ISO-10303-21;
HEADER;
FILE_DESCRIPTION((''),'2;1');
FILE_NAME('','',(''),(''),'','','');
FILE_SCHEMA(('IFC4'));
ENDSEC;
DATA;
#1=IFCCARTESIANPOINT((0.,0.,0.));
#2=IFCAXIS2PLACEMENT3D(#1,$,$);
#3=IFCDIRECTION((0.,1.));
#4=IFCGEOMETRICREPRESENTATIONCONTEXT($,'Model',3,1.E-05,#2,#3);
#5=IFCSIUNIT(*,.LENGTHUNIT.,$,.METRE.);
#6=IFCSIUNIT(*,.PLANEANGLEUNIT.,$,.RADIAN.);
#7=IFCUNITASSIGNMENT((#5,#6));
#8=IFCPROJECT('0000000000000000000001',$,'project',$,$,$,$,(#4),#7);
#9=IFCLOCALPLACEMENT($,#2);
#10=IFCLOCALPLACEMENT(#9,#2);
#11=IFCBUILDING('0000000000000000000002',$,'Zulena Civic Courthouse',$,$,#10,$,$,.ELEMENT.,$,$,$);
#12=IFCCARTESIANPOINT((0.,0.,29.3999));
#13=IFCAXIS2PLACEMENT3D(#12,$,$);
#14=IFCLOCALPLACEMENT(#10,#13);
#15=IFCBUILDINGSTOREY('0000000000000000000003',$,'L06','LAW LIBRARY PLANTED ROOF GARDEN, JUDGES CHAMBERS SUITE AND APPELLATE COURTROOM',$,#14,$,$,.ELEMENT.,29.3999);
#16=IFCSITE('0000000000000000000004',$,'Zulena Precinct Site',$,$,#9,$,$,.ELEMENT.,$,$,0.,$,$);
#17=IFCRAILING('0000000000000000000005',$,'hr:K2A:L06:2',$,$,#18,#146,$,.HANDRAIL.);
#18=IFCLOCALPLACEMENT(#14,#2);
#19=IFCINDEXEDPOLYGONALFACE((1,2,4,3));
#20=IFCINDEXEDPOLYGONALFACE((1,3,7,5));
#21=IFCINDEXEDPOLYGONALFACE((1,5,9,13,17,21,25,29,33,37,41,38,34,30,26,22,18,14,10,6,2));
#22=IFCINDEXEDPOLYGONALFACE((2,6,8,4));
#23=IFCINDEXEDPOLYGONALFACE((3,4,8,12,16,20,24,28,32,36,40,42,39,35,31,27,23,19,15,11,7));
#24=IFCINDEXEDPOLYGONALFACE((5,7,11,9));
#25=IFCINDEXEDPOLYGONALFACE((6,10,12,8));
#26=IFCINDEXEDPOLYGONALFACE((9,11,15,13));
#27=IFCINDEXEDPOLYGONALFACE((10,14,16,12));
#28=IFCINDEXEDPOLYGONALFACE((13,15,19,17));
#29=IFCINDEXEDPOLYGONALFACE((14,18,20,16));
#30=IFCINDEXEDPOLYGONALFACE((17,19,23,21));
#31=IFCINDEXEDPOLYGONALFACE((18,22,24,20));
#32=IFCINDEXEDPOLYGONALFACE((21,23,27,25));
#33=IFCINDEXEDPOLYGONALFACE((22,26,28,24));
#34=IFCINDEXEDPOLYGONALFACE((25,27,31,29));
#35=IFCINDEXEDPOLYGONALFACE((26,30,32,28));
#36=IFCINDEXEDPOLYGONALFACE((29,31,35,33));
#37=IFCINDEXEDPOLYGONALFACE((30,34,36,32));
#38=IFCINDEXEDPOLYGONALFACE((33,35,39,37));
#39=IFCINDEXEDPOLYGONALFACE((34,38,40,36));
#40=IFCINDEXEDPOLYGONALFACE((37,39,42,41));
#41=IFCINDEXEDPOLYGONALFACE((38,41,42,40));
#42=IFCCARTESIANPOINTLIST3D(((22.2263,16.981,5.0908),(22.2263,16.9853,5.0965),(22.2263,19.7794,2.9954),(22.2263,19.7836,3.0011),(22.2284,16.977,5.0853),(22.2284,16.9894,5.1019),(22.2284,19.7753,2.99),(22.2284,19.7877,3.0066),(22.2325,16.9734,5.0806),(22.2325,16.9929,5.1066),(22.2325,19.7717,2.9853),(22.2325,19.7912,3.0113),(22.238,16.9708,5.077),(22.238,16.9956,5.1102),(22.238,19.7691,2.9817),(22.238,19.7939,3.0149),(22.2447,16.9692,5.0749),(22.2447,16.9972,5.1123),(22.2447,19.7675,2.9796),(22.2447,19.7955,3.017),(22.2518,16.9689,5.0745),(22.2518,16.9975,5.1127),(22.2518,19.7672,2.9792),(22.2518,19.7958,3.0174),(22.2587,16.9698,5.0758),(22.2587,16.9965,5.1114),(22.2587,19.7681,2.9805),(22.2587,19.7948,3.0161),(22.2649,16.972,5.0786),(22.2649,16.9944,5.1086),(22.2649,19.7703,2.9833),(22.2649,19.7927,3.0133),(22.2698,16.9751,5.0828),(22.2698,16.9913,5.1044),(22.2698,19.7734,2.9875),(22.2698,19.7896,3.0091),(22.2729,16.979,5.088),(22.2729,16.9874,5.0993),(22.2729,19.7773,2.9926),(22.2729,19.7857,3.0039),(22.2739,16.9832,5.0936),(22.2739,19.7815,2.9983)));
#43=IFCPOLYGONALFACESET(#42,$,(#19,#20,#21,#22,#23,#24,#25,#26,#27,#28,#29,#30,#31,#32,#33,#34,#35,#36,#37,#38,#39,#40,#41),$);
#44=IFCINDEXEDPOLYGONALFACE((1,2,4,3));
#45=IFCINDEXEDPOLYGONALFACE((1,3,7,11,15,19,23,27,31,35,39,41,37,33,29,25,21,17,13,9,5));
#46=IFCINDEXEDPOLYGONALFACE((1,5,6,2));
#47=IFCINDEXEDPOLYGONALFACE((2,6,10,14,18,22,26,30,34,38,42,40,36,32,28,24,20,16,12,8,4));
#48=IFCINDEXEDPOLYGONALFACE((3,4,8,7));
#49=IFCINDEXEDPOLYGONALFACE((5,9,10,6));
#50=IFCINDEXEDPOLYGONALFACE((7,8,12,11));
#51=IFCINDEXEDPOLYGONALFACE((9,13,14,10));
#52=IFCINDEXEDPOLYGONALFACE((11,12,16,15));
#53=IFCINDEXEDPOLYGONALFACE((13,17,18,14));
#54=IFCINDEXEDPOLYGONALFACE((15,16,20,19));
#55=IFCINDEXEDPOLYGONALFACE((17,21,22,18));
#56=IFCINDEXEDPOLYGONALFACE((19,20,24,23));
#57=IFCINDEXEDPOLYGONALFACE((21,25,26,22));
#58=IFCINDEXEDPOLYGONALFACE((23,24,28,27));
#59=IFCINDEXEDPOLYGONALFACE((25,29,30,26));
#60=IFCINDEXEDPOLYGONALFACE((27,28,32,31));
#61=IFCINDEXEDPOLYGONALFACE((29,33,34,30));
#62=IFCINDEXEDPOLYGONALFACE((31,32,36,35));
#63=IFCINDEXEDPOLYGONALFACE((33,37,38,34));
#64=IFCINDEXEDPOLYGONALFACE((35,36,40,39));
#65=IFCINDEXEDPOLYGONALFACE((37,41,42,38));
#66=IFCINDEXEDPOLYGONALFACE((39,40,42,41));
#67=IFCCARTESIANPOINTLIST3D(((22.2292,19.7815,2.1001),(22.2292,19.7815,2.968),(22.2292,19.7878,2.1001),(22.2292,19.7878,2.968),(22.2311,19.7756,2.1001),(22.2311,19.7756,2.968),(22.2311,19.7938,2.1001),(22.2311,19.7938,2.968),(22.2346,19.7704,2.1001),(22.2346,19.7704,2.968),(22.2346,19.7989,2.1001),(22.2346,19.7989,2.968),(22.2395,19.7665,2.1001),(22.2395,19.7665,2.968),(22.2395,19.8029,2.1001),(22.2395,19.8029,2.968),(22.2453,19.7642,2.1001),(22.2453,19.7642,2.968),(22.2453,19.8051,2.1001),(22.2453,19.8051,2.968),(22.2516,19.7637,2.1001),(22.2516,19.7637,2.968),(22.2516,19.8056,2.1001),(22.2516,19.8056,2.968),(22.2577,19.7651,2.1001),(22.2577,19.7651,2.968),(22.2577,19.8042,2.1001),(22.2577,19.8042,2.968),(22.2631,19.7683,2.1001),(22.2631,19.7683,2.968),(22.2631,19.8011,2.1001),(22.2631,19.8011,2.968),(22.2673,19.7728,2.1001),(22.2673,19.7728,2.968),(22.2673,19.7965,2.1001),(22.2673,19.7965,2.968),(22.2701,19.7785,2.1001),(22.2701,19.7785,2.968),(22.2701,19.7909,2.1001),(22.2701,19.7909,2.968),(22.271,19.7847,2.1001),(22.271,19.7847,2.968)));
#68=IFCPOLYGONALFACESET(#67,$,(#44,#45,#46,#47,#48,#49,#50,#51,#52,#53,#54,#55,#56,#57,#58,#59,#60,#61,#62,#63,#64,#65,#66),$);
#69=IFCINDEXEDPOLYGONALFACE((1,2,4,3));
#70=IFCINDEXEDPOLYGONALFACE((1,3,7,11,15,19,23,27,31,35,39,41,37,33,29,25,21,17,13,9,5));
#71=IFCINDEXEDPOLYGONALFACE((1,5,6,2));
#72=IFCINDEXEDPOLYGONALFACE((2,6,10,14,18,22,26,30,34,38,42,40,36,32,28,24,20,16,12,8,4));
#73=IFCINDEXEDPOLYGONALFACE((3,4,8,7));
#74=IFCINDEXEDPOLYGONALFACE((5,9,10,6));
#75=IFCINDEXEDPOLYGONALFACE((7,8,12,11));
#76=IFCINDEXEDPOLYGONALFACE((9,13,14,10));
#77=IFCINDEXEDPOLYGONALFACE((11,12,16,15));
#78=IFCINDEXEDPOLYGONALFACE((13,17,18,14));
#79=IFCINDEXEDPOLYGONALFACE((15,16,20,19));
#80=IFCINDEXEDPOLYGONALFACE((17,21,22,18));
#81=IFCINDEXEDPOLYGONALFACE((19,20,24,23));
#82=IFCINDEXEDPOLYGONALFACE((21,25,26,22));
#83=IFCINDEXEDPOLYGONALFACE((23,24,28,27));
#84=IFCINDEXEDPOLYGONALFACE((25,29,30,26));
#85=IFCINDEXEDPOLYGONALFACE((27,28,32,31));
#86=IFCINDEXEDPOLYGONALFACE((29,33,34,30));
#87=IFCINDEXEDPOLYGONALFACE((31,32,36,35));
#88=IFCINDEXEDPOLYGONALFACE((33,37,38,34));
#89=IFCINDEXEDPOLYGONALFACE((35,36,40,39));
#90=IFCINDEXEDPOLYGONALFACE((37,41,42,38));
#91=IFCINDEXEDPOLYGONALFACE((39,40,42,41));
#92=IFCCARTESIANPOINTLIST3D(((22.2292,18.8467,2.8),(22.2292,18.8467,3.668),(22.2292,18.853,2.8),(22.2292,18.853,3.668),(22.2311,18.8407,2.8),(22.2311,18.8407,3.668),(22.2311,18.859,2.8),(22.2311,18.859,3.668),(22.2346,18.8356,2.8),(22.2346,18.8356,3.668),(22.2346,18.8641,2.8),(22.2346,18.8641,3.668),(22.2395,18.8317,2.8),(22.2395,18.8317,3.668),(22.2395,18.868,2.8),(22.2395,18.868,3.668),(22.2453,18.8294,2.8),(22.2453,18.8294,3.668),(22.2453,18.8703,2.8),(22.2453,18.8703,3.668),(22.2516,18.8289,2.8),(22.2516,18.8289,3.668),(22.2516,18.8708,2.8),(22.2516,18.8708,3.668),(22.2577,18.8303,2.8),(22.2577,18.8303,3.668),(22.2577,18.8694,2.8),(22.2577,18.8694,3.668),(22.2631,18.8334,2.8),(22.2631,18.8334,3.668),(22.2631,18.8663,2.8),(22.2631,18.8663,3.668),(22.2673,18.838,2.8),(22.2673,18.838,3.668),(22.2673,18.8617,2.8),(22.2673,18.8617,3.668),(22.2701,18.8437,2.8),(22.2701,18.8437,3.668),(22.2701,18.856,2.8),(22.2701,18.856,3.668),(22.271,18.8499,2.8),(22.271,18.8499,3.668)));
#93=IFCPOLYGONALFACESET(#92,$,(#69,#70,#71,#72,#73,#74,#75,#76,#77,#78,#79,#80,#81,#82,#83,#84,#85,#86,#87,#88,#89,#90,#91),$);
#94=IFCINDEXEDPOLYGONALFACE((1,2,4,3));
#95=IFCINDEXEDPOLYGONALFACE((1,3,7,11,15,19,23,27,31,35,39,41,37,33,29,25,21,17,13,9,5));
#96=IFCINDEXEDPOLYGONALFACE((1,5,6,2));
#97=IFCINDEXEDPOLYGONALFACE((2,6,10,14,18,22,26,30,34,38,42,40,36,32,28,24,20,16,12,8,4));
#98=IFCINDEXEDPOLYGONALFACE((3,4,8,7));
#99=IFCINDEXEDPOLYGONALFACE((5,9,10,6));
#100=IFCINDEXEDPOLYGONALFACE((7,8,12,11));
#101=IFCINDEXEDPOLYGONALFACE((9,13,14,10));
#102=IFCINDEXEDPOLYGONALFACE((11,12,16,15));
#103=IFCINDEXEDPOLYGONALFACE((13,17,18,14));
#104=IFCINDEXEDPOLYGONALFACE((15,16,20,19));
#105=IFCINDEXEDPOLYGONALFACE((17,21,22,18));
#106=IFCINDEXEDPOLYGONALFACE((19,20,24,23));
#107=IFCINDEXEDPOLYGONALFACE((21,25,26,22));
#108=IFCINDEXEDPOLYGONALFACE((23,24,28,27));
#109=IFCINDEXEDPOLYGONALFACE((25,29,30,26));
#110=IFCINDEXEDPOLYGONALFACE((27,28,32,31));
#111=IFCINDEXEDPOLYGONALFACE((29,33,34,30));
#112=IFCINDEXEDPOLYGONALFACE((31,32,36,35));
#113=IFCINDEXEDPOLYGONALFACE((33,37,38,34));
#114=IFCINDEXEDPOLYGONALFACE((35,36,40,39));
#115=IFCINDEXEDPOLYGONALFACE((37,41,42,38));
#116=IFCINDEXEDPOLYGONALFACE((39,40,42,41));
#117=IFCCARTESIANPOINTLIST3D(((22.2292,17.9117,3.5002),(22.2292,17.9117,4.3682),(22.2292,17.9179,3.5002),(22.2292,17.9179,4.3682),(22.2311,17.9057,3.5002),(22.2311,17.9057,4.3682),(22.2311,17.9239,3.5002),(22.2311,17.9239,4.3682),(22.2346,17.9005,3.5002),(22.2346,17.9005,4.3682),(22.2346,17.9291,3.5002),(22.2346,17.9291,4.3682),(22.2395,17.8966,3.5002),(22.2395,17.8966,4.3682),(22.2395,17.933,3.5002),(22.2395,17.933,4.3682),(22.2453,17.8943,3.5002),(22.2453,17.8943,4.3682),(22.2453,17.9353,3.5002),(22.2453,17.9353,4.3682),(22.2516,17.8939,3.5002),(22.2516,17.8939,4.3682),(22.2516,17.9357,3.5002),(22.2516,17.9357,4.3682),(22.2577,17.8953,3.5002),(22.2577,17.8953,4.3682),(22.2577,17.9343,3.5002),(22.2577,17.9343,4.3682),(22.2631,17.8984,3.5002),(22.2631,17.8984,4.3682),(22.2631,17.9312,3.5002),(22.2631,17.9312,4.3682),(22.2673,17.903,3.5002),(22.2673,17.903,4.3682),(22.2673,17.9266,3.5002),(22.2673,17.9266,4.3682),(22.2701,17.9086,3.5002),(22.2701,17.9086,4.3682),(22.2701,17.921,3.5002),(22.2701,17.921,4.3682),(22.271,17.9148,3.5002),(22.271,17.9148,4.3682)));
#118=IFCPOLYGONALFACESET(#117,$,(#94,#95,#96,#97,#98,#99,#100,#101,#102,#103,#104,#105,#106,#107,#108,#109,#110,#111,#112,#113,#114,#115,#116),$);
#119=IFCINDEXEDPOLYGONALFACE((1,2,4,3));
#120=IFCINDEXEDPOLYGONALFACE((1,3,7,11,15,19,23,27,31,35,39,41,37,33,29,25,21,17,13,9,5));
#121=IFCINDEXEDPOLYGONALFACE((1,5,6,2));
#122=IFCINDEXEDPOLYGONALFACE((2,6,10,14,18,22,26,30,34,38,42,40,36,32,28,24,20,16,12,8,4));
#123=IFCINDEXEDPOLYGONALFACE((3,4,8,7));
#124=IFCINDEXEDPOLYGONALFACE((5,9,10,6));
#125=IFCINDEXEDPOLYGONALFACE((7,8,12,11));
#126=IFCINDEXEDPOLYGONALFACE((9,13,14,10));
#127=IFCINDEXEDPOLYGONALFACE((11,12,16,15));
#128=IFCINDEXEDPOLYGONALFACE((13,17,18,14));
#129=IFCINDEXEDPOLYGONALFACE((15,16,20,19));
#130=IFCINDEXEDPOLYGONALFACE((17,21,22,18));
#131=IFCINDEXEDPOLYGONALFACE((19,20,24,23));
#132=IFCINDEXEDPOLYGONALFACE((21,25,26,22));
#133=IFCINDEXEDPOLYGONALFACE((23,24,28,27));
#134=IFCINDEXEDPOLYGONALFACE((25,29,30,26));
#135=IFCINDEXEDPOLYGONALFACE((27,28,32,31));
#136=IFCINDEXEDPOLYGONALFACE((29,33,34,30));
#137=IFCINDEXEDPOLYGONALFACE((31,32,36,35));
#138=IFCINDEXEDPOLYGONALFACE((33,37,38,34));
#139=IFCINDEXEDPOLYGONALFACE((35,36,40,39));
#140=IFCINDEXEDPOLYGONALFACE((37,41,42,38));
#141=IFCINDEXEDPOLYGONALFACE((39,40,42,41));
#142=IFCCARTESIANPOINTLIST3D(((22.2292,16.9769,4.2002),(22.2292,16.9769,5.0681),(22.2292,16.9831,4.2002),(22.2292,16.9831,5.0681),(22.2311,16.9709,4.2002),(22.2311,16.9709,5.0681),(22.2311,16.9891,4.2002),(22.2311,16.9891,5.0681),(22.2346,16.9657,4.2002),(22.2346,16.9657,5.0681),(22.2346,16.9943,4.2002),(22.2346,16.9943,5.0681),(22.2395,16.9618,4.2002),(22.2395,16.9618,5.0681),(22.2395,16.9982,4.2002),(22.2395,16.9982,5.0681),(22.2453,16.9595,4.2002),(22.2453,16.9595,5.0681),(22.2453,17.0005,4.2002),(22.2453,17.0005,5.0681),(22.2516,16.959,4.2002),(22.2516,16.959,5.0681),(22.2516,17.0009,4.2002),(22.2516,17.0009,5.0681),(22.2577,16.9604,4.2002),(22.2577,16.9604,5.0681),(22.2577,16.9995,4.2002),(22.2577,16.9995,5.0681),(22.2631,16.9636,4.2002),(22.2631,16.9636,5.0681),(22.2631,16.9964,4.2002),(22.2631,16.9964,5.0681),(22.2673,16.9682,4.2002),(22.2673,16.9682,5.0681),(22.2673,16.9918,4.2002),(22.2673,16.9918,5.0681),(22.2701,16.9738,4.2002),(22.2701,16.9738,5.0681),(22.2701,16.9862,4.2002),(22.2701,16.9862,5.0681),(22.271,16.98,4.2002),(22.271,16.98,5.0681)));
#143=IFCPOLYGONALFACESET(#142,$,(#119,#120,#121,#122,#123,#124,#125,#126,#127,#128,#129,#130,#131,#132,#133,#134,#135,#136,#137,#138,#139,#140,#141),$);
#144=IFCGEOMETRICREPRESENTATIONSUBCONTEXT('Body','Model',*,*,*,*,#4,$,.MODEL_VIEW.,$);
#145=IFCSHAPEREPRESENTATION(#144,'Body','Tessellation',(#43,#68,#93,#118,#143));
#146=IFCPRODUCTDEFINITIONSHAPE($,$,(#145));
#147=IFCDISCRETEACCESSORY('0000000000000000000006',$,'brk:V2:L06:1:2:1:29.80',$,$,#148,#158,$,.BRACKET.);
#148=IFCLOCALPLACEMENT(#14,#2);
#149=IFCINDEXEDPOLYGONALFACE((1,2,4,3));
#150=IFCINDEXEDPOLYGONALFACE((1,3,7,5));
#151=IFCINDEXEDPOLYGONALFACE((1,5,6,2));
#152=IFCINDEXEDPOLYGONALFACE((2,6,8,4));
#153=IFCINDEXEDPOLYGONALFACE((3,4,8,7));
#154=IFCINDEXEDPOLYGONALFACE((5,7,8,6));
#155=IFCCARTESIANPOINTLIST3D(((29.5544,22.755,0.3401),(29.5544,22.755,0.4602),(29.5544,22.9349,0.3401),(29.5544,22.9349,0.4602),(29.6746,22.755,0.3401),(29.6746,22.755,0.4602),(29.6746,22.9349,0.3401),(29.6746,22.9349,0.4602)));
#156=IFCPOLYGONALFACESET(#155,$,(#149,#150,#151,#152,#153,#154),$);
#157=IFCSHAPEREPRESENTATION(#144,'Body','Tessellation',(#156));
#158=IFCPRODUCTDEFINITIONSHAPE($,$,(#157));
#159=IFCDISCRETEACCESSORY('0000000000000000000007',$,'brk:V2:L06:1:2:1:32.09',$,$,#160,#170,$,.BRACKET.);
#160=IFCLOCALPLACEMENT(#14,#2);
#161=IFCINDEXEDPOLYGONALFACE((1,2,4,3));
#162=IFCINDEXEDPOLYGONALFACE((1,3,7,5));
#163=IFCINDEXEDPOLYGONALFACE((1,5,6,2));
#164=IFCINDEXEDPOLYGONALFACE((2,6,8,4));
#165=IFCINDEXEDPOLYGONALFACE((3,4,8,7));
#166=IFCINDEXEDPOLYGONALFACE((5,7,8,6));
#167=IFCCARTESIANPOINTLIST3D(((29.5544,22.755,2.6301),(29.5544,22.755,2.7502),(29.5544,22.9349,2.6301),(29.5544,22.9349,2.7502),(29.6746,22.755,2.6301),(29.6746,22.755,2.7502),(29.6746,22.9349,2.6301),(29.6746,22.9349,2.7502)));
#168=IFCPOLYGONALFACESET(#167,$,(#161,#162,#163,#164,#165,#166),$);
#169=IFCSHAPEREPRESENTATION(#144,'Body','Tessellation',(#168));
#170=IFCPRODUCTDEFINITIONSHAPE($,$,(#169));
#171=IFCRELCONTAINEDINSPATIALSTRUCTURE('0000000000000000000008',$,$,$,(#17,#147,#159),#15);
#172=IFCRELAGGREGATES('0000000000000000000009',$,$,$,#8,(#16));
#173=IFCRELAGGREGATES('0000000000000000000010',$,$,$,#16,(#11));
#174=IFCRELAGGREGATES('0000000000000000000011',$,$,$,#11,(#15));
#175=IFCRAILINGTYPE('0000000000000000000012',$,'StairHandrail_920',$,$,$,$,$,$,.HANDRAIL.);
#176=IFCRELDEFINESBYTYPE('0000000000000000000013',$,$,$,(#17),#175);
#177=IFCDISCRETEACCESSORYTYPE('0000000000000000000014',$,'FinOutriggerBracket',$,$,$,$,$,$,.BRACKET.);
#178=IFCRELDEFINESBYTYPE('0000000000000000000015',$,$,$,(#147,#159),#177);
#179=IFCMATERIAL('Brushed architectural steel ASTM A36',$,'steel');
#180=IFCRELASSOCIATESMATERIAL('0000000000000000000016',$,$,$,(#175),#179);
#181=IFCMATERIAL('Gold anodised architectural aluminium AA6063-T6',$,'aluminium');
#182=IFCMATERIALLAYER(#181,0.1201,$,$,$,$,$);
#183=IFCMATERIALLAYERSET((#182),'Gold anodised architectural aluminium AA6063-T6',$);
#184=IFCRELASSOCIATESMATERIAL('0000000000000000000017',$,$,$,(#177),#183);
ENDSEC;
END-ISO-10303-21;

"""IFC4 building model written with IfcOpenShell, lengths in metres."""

from ifc_helpers import new_model, si_unit, direction, frame, origin, origin_2d, place, context, subcontext, project, spatial, rectangle, circle, extrude, material, layer, layer_set, type_object, element, save


model = new_model("IFC4")

# Units and contexts
model_context = context("Model", 3, precision=1e-05, world=origin(), true_north=direction((0.0, 1.0)))
body_context = subcontext(model_context, "Body", "Model", "MODEL_VIEW")
ifc_project = project(units=[si_unit("LENGTHUNIT", "METRE"), si_unit("PLANEANGLEUNIT", "RADIAN")], contexts=[model_context])

# Site, building, storey
site_placement = place(None, origin())
site = spatial("IfcSite", under=ifc_project, at=site_placement, Name="Zulena Precinct Site", CompositionType="ELEMENT", RefElevation=0.0)
building_placement = place(site_placement, origin())
building = spatial("IfcBuilding", under=site, at=building_placement, Name="Zulena Civic Courthouse", CompositionType="ELEMENT")
storey_placement = place(building_placement, frame((0.0, 0.0, 29.3999)))
storey = spatial("IfcBuildingStorey", under=building, at=storey_placement, Name="L06", Description="LAW LIBRARY PLANTED ROOF GARDEN, JUDGES CHAMBERS SUITE AND APPELLATE COURTROOM", CompositionType="ELEMENT", Elevation=29.3999)

# Shared definitions
ifc_material_1 = material(Name="Gold anodised architectural aluminium AA6063-T6", Category="aluminium")

# Railing
ifc_material_2 = material(Name="Brushed architectural steel ASTM A36", Category="steel")
railing_type_1 = type_object("IfcRailingType", Name="StairHandrail_920", PredefinedType="HANDRAIL", material=ifc_material_2)
railing_1_placement = place(storey_placement, frame((22.25, 19.7847, 2.1001)))
element("IfcRailing", 1, at=railing_1_placement, inside=storey, type_object=railing_type_1, Name="hr:K2A:L06:2", PredefinedType="HANDRAIL", context=body_context, shape_type="SweptSolid", body=[
    extrude(circle(Radius=0.0239, at=origin_2d()), frame((0.0, -0.0032, 0.8982), z_axis=(0.0, -0.800468, 0.599375), x_axis=(1.0, 0.0, 0.0)), (0.0, 0.0, 1.0), 3.4958),
    extrude(circle(Radius=0.021, at=origin_2d()), origin(), (0.0, 0.0, 1.0), 0.8679),
    extrude(circle(Radius=0.021, at=origin_2d()), frame((0.0, -0.9348, 0.7)), (0.0, 0.0, 1.0), 0.8679),
    extrude(circle(Radius=0.021, at=origin_2d()), frame((0.0, -1.8699, 1.4001)), (0.0, 0.0, 1.0), 0.8679),
    extrude(circle(Radius=0.021, at=origin_2d()), frame((0.0, -2.8047, 2.1001)), (0.0, 0.0, 1.0), 0.8679),
])

# Discrete accessories
ifc_layer_1 = layer(ifc_material_1, 0.1201)
ifc_layer_set_1 = layer_set([ifc_layer_1], Name="Gold anodised architectural aluminium AA6063-T6")
discrete_accessory_type = type_object("IfcDiscreteAccessoryType", Name="FinOutriggerBracket", PredefinedType="BRACKET", material=ifc_layer_set_1)
for number, where, z_axis, x_axis, name in (
    (2, (29.6145, 22.845, 0.3401), (0.0, 0.0, 1.0), (0.0, 1.0, 0.0), "brk:V2:L06:1:2:1:29.80"),
    (3, (29.6145, 22.845, 2.6301), (0.0, 0.0, 1.0), (0.0, 1.0, 0.0), "brk:V2:L06:1:2:1:32.09"),
):
    element("IfcDiscreteAccessory", number, at=place(storey_placement, frame(where, z_axis=z_axis, x_axis=x_axis)), inside=storey, type_object=discrete_accessory_type, Name=name, PredefinedType="BRACKET", context=body_context, shape_type="SweptSolid", body=[
        extrude(rectangle(XDim=0.1799, YDim=0.1201, at=origin_2d()), origin(), (0.0, 0.0, 1.0), 0.1201),
    ])

save(model, "model.ifc")
